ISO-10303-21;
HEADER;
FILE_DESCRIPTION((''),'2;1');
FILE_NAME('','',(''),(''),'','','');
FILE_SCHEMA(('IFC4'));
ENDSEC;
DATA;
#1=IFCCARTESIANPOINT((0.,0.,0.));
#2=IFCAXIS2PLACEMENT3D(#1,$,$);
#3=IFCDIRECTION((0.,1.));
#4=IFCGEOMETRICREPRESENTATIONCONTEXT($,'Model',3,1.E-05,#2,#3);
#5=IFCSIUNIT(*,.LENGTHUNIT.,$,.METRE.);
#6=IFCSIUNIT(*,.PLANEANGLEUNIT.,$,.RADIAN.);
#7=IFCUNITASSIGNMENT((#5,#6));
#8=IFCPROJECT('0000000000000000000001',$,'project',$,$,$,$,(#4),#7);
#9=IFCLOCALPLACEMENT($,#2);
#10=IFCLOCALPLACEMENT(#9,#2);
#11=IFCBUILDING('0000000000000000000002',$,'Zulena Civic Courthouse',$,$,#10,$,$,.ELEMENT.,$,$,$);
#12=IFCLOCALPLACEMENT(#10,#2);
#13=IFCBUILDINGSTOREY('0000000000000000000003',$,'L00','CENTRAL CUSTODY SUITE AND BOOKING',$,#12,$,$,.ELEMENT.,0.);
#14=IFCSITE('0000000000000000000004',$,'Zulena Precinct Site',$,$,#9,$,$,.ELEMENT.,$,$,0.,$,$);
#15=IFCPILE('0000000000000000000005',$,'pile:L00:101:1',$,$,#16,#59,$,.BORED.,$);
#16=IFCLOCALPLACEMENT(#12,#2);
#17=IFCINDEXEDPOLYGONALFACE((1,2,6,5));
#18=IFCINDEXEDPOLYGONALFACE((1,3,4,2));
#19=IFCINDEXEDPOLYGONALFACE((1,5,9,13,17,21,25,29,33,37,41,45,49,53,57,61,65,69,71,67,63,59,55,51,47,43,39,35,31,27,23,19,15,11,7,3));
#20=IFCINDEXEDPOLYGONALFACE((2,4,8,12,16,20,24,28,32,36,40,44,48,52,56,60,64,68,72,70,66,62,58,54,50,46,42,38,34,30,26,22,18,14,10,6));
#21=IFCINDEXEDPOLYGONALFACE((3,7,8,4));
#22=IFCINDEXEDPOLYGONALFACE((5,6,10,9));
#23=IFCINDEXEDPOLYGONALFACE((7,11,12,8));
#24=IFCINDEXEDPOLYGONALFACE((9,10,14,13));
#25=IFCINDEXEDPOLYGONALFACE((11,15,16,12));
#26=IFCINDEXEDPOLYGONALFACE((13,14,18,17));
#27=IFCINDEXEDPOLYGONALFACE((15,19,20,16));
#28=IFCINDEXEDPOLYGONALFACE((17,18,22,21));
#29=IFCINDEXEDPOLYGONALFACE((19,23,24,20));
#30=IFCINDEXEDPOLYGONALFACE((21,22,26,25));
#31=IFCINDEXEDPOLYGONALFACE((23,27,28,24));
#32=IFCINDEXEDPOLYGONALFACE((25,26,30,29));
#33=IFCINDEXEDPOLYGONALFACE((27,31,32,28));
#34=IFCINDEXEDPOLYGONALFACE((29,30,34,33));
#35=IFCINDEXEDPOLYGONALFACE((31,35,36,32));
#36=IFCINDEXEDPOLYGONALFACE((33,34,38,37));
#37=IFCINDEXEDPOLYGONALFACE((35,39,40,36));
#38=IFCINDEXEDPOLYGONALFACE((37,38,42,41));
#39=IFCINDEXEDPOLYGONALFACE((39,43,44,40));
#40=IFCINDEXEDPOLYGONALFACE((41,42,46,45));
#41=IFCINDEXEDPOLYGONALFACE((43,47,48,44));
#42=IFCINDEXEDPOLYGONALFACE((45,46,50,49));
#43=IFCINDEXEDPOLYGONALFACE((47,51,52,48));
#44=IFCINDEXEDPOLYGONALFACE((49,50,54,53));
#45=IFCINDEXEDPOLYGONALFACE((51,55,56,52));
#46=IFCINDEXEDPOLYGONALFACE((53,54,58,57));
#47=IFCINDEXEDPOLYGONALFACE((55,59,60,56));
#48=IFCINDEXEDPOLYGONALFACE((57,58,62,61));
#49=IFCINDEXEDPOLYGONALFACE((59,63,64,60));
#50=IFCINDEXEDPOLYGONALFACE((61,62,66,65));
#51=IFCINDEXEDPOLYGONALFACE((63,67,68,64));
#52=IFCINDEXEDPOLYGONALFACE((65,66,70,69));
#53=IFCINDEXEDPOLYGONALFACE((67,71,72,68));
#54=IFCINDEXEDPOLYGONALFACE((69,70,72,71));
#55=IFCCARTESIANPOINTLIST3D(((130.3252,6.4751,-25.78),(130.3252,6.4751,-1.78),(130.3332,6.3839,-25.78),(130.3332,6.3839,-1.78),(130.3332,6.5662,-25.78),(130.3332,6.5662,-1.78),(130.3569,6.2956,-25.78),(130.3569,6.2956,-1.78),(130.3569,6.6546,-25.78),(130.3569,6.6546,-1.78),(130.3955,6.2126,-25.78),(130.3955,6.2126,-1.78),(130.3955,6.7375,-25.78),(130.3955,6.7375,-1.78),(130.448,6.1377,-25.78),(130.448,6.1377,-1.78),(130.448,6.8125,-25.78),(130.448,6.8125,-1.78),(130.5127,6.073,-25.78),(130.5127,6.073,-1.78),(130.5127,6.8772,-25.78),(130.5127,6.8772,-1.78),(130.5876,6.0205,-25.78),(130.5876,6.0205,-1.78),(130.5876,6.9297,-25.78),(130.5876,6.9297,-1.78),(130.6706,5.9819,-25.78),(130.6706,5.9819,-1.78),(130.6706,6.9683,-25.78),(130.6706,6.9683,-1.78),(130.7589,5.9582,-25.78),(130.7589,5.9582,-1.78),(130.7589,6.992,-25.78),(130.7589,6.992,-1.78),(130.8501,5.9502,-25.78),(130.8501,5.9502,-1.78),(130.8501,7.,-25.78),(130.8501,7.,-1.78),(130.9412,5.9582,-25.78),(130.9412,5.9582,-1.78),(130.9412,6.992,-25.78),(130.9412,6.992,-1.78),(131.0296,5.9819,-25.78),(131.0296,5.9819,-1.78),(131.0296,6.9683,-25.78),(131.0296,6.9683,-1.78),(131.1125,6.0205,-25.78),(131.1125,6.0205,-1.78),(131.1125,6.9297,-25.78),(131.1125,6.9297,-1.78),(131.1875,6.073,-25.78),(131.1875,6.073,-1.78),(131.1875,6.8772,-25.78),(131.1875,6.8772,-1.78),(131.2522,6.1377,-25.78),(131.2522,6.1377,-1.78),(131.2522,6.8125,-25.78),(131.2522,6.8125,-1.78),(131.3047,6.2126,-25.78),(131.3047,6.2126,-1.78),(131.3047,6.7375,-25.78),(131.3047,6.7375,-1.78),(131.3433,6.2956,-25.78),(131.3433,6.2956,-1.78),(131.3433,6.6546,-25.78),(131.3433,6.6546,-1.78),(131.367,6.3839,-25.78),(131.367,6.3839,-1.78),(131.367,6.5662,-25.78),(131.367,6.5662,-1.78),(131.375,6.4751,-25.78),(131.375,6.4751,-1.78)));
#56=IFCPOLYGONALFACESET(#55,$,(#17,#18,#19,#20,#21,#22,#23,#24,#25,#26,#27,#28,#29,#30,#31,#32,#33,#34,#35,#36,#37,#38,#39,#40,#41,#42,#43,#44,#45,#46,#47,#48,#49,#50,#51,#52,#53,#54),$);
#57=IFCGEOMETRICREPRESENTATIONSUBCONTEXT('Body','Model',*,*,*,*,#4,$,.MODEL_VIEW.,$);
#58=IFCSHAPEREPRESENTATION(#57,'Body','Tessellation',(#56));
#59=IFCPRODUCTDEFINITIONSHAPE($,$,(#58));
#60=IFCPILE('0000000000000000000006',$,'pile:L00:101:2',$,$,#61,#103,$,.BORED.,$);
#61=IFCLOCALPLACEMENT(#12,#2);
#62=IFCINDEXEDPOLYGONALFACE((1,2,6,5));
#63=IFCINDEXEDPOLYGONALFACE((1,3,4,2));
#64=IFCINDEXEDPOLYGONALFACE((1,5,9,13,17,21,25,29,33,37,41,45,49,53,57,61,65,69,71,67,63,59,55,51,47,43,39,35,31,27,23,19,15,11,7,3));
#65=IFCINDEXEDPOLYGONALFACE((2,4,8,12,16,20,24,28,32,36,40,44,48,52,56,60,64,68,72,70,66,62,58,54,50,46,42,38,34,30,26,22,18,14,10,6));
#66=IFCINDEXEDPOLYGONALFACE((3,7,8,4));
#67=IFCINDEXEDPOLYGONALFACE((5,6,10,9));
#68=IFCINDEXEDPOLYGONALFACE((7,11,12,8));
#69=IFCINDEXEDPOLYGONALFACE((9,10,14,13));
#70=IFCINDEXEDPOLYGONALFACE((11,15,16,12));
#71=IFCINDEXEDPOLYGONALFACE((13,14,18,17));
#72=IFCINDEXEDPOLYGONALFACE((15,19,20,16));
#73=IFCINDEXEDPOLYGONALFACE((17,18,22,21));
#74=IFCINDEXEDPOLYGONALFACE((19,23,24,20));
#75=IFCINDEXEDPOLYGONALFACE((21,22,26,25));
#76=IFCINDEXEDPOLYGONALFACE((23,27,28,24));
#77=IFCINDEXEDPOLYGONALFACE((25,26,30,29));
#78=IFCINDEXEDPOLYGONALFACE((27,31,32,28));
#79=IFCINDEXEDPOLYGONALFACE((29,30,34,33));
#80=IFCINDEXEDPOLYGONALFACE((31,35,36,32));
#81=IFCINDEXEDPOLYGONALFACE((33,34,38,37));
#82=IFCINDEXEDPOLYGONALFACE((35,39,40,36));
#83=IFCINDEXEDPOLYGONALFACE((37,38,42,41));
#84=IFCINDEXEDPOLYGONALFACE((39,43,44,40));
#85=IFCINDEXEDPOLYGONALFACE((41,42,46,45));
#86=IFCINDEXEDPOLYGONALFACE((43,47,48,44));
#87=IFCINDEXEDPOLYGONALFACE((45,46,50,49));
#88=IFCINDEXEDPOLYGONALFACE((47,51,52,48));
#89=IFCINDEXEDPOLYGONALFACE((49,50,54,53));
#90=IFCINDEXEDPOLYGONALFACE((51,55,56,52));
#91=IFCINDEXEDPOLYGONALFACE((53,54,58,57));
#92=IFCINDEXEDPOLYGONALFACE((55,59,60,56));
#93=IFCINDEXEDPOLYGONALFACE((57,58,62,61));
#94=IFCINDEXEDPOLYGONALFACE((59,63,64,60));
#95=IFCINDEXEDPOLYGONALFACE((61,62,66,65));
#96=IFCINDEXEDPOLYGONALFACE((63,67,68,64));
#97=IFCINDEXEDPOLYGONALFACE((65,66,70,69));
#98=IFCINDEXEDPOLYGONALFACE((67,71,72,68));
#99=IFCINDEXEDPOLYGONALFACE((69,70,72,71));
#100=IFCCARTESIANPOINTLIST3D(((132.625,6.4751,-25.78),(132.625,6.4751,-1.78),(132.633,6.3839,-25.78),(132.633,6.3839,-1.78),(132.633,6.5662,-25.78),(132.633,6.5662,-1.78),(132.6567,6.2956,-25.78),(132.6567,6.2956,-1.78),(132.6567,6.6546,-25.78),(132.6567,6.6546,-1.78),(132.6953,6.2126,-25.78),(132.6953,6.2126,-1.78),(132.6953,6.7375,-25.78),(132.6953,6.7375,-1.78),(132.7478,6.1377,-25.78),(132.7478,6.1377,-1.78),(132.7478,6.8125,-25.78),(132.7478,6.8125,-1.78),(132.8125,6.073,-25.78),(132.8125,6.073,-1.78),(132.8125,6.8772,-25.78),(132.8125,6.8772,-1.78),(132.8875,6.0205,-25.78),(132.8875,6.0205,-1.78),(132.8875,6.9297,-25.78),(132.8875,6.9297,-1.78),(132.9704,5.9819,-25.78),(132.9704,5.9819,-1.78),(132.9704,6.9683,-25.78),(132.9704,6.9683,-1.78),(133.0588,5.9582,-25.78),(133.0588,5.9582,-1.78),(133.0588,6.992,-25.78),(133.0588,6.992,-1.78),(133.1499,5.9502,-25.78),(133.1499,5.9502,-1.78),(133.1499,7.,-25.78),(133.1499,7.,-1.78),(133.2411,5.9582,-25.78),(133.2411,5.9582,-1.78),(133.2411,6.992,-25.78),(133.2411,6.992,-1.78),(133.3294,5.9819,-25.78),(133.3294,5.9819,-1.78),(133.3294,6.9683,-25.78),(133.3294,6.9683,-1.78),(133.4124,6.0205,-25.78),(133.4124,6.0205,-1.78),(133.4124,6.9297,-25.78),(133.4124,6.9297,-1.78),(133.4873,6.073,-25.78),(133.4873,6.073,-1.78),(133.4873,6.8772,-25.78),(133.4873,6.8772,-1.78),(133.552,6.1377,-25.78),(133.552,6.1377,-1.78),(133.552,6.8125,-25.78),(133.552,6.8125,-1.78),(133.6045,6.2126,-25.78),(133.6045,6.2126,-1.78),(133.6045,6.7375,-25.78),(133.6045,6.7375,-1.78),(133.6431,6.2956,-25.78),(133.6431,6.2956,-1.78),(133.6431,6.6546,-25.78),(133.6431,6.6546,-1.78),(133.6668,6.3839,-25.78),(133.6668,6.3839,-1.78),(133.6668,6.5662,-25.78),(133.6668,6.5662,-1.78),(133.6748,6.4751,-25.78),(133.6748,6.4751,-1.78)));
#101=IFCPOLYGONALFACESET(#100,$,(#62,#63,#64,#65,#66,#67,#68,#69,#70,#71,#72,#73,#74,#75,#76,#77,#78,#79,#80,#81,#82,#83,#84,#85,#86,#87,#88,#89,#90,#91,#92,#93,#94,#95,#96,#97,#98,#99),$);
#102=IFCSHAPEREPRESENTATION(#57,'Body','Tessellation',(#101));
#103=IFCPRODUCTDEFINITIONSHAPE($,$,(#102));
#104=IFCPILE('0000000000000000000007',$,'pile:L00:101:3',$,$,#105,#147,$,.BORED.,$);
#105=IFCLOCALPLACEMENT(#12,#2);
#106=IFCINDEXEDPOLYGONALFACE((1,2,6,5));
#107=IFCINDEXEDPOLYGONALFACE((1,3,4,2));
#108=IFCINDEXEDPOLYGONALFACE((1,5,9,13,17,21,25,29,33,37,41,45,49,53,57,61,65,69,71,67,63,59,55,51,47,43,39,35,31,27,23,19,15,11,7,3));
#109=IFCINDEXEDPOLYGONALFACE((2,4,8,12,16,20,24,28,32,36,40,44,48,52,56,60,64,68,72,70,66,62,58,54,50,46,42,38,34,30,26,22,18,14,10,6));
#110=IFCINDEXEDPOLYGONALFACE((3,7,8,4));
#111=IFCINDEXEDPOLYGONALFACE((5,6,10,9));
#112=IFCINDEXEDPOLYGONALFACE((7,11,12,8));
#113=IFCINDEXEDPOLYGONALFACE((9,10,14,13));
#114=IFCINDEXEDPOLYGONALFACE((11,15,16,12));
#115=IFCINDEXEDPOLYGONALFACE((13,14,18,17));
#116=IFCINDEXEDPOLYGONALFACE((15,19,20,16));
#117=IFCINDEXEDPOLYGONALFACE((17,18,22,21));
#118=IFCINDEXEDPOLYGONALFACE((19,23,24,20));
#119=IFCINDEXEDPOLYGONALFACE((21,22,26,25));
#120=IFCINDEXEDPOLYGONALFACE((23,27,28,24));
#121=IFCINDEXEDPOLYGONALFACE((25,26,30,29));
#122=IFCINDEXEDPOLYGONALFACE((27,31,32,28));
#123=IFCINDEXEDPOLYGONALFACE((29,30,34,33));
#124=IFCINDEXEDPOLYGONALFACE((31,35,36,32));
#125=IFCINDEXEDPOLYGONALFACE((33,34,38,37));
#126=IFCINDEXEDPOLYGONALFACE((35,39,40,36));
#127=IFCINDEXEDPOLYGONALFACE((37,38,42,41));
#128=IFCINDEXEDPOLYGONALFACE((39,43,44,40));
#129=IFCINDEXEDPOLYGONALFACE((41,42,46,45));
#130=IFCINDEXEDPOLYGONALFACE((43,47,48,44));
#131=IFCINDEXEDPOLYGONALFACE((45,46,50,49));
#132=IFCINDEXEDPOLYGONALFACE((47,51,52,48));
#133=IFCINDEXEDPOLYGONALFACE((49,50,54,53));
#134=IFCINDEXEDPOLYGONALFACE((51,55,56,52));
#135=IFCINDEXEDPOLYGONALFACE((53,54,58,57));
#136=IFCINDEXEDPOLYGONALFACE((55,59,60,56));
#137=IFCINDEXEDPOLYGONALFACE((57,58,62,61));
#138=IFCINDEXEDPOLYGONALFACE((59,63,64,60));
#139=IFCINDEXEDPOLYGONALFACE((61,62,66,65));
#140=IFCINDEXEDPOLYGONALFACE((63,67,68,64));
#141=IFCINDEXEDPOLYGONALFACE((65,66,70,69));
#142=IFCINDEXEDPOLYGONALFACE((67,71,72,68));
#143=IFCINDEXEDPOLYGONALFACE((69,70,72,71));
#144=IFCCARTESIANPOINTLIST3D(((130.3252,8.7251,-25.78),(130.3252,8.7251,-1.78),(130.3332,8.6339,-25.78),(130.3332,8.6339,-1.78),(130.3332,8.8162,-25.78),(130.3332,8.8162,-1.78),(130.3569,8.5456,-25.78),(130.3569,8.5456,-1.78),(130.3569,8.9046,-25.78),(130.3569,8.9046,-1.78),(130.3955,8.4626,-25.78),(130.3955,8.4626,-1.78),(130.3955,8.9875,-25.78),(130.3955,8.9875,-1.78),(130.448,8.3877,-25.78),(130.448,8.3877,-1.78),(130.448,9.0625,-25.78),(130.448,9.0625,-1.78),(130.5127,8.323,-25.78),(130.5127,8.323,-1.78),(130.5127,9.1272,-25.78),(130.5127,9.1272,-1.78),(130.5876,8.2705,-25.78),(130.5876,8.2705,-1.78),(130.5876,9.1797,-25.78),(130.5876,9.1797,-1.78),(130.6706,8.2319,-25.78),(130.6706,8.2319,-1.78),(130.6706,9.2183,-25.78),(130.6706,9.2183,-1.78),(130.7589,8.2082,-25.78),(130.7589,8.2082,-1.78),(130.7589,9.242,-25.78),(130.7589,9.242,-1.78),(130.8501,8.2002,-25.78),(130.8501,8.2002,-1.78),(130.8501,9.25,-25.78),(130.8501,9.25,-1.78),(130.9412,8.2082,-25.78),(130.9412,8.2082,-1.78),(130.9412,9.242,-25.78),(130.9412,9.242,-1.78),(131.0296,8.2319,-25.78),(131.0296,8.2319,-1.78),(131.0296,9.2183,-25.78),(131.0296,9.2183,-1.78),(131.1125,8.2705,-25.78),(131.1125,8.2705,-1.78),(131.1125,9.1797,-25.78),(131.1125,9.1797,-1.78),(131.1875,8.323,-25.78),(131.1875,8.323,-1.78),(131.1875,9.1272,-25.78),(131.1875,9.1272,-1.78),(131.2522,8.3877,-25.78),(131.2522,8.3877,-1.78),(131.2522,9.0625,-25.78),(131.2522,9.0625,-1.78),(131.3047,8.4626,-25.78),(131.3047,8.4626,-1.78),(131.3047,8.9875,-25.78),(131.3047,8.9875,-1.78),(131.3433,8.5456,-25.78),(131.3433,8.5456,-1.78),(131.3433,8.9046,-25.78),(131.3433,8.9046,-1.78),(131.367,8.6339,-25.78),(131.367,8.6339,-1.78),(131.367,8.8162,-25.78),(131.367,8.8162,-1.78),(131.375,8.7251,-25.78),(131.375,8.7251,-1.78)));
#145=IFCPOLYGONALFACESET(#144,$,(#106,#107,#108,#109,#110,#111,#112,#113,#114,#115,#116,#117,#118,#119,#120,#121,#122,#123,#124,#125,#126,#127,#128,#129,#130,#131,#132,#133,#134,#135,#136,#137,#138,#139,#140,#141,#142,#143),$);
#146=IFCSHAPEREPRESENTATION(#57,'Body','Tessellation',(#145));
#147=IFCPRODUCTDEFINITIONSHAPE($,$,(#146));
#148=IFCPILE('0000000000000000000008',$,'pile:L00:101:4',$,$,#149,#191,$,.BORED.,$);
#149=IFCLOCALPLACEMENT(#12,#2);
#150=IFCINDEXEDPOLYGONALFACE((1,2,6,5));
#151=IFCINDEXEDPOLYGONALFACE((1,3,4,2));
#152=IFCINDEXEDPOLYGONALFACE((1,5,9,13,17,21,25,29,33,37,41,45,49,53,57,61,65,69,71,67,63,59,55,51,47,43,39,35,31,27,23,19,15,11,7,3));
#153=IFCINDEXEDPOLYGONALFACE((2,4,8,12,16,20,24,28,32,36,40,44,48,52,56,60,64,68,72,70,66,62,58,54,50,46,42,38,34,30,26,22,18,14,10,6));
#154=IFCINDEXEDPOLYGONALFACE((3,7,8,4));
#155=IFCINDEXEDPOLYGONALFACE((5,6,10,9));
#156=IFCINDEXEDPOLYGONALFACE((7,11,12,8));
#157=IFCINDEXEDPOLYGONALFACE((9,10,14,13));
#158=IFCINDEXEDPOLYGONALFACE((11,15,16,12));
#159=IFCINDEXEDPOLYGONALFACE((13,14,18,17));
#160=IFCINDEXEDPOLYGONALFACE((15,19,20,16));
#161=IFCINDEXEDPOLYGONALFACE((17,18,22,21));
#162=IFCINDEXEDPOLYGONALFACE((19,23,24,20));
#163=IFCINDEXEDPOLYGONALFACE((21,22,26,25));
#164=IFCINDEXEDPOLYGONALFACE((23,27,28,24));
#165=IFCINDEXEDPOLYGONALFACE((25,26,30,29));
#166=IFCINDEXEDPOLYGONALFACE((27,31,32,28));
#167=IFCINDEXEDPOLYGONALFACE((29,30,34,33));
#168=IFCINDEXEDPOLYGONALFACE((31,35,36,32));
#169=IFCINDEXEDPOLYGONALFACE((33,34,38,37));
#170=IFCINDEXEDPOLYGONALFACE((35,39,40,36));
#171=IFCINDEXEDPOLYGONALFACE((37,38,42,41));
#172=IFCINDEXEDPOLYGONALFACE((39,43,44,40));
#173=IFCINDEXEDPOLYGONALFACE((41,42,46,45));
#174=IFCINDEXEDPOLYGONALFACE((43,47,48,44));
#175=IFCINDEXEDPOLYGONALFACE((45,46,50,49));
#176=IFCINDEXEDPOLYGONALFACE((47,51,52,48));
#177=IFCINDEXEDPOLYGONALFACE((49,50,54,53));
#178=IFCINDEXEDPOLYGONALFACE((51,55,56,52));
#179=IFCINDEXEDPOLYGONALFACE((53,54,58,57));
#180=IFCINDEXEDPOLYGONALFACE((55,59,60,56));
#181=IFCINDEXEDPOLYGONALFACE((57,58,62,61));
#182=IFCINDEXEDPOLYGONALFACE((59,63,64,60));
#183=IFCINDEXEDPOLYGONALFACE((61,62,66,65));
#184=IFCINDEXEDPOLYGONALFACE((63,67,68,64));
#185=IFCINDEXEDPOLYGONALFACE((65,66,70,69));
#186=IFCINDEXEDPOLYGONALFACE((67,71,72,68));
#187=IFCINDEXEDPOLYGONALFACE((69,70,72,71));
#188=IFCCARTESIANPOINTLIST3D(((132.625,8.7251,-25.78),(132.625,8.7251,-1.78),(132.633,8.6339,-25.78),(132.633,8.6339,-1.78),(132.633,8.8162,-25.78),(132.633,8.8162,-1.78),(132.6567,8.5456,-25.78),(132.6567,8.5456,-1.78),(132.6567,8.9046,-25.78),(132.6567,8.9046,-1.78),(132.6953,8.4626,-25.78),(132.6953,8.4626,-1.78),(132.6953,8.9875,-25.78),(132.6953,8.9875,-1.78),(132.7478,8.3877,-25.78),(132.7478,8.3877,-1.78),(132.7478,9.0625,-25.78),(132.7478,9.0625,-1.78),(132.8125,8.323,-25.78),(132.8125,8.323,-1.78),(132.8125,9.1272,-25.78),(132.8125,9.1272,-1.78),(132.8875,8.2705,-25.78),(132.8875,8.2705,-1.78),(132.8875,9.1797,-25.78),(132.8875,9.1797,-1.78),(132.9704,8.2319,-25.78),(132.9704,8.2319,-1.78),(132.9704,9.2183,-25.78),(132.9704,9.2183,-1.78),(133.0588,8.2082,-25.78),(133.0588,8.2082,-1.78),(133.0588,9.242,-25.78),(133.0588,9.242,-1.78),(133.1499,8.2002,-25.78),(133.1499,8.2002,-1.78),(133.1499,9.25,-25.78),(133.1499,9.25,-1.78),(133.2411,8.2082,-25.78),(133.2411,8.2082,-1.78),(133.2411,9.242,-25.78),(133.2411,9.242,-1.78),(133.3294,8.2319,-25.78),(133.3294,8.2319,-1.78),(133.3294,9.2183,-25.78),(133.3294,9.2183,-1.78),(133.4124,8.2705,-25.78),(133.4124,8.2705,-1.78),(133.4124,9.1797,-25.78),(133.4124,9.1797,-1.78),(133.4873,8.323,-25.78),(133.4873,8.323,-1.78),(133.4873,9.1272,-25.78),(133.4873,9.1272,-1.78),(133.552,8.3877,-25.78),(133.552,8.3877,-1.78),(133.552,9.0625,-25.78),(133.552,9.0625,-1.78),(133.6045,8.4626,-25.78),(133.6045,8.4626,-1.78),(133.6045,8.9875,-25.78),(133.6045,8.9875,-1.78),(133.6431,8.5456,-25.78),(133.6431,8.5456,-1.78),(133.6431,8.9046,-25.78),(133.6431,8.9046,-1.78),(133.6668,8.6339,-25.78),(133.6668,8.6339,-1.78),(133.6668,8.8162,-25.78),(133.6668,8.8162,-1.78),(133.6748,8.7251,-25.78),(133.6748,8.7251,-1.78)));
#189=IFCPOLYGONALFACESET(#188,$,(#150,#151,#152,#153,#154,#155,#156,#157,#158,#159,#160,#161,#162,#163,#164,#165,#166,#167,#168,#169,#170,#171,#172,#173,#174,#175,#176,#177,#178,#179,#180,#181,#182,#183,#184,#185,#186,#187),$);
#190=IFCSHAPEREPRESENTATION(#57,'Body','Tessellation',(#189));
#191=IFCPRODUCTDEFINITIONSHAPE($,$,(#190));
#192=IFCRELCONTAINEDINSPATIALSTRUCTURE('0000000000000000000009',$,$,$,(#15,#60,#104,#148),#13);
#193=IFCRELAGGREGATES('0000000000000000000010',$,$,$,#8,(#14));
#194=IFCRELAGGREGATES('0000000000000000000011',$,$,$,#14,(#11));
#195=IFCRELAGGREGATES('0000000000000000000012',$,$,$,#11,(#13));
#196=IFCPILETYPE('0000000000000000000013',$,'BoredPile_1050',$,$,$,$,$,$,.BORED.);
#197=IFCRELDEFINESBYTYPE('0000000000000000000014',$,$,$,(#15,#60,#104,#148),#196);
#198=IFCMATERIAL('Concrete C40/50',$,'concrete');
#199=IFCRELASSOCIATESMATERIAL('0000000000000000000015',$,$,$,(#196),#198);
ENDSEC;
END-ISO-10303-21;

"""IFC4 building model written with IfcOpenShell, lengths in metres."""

from ifc_helpers import new_model, si_unit, direction, frame, origin, origin_2d, place, context, subcontext, project, spatial, circle, extrude, material, material_profile, profile_set, type_object, element, save


model = new_model("IFC4")

# Units and contexts
model_context = context("Model", 3, precision=1e-05, world=origin(), true_north=direction((0.0, 1.0)))
body_context = subcontext(model_context, "Body", "Model", "MODEL_VIEW")
ifc_project = project(units=[si_unit("LENGTHUNIT", "METRE"), si_unit("PLANEANGLEUNIT", "RADIAN")], contexts=[model_context])

# Site, building, storey
site_placement = place(None, origin())
site = spatial("IfcSite", under=ifc_project, at=site_placement, Name="Zulena Precinct Site", CompositionType="ELEMENT", RefElevation=0.0)
building_placement = place(site_placement, origin())
building = spatial("IfcBuilding", under=site, at=building_placement, Name="Zulena Civic Courthouse", CompositionType="ELEMENT")
storey_placement = place(building_placement, origin())
storey = spatial("IfcBuildingStorey", under=building, at=storey_placement, Name="L00", Description="CENTRAL CUSTODY SUITE AND BOOKING", CompositionType="ELEMENT", Elevation=0.0)

# Piles
ifc_material_1 = material(Name="Concrete C40/50", Category="concrete")
ifc_material_profile_1 = material_profile(ifc_material_1, circle(Radius=0.5249, at=origin_2d()), Name="PILE1050")
ifc_profile_set_1 = profile_set([ifc_material_profile_1], Name="Concrete C40/50")
pile_type_1 = type_object("IfcPileType", Name="BoredPile_1050", PredefinedType="BORED", material=ifc_profile_set_1)
for number, where, z_axis, x_axis, name in (
    (1, (130.8501, 6.4751, -1.78), (0.0, 0.0, -1.0), (1.0, 0.0, 0.0), "pile:L00:101:1"),
    (2, (133.1499, 6.4751, -1.78), (0.0, 0.0, -1.0), (1.0, 0.0, 0.0), "pile:L00:101:2"),
    (3, (130.8501, 8.7251, -1.78), (0.0, 0.0, -1.0), (1.0, 0.0, 0.0), "pile:L00:101:3"),
    (4, (133.1499, 8.7251, -1.78), (0.0, 0.0, -1.0), (1.0, 0.0, 0.0), "pile:L00:101:4"),
):
    element("IfcPile", number, at=place(storey_placement, frame(where, z_axis=z_axis, x_axis=x_axis)), inside=storey, type_object=pile_type_1, Name=name, PredefinedType="BORED", context=body_context, shape_type="SweptSolid", body=[
        extrude(circle(Radius=0.5249, at=origin_2d()), origin(), (0.0, 0.0, 1.0), 24.0),
    ])

save(model, "model.ifc")
